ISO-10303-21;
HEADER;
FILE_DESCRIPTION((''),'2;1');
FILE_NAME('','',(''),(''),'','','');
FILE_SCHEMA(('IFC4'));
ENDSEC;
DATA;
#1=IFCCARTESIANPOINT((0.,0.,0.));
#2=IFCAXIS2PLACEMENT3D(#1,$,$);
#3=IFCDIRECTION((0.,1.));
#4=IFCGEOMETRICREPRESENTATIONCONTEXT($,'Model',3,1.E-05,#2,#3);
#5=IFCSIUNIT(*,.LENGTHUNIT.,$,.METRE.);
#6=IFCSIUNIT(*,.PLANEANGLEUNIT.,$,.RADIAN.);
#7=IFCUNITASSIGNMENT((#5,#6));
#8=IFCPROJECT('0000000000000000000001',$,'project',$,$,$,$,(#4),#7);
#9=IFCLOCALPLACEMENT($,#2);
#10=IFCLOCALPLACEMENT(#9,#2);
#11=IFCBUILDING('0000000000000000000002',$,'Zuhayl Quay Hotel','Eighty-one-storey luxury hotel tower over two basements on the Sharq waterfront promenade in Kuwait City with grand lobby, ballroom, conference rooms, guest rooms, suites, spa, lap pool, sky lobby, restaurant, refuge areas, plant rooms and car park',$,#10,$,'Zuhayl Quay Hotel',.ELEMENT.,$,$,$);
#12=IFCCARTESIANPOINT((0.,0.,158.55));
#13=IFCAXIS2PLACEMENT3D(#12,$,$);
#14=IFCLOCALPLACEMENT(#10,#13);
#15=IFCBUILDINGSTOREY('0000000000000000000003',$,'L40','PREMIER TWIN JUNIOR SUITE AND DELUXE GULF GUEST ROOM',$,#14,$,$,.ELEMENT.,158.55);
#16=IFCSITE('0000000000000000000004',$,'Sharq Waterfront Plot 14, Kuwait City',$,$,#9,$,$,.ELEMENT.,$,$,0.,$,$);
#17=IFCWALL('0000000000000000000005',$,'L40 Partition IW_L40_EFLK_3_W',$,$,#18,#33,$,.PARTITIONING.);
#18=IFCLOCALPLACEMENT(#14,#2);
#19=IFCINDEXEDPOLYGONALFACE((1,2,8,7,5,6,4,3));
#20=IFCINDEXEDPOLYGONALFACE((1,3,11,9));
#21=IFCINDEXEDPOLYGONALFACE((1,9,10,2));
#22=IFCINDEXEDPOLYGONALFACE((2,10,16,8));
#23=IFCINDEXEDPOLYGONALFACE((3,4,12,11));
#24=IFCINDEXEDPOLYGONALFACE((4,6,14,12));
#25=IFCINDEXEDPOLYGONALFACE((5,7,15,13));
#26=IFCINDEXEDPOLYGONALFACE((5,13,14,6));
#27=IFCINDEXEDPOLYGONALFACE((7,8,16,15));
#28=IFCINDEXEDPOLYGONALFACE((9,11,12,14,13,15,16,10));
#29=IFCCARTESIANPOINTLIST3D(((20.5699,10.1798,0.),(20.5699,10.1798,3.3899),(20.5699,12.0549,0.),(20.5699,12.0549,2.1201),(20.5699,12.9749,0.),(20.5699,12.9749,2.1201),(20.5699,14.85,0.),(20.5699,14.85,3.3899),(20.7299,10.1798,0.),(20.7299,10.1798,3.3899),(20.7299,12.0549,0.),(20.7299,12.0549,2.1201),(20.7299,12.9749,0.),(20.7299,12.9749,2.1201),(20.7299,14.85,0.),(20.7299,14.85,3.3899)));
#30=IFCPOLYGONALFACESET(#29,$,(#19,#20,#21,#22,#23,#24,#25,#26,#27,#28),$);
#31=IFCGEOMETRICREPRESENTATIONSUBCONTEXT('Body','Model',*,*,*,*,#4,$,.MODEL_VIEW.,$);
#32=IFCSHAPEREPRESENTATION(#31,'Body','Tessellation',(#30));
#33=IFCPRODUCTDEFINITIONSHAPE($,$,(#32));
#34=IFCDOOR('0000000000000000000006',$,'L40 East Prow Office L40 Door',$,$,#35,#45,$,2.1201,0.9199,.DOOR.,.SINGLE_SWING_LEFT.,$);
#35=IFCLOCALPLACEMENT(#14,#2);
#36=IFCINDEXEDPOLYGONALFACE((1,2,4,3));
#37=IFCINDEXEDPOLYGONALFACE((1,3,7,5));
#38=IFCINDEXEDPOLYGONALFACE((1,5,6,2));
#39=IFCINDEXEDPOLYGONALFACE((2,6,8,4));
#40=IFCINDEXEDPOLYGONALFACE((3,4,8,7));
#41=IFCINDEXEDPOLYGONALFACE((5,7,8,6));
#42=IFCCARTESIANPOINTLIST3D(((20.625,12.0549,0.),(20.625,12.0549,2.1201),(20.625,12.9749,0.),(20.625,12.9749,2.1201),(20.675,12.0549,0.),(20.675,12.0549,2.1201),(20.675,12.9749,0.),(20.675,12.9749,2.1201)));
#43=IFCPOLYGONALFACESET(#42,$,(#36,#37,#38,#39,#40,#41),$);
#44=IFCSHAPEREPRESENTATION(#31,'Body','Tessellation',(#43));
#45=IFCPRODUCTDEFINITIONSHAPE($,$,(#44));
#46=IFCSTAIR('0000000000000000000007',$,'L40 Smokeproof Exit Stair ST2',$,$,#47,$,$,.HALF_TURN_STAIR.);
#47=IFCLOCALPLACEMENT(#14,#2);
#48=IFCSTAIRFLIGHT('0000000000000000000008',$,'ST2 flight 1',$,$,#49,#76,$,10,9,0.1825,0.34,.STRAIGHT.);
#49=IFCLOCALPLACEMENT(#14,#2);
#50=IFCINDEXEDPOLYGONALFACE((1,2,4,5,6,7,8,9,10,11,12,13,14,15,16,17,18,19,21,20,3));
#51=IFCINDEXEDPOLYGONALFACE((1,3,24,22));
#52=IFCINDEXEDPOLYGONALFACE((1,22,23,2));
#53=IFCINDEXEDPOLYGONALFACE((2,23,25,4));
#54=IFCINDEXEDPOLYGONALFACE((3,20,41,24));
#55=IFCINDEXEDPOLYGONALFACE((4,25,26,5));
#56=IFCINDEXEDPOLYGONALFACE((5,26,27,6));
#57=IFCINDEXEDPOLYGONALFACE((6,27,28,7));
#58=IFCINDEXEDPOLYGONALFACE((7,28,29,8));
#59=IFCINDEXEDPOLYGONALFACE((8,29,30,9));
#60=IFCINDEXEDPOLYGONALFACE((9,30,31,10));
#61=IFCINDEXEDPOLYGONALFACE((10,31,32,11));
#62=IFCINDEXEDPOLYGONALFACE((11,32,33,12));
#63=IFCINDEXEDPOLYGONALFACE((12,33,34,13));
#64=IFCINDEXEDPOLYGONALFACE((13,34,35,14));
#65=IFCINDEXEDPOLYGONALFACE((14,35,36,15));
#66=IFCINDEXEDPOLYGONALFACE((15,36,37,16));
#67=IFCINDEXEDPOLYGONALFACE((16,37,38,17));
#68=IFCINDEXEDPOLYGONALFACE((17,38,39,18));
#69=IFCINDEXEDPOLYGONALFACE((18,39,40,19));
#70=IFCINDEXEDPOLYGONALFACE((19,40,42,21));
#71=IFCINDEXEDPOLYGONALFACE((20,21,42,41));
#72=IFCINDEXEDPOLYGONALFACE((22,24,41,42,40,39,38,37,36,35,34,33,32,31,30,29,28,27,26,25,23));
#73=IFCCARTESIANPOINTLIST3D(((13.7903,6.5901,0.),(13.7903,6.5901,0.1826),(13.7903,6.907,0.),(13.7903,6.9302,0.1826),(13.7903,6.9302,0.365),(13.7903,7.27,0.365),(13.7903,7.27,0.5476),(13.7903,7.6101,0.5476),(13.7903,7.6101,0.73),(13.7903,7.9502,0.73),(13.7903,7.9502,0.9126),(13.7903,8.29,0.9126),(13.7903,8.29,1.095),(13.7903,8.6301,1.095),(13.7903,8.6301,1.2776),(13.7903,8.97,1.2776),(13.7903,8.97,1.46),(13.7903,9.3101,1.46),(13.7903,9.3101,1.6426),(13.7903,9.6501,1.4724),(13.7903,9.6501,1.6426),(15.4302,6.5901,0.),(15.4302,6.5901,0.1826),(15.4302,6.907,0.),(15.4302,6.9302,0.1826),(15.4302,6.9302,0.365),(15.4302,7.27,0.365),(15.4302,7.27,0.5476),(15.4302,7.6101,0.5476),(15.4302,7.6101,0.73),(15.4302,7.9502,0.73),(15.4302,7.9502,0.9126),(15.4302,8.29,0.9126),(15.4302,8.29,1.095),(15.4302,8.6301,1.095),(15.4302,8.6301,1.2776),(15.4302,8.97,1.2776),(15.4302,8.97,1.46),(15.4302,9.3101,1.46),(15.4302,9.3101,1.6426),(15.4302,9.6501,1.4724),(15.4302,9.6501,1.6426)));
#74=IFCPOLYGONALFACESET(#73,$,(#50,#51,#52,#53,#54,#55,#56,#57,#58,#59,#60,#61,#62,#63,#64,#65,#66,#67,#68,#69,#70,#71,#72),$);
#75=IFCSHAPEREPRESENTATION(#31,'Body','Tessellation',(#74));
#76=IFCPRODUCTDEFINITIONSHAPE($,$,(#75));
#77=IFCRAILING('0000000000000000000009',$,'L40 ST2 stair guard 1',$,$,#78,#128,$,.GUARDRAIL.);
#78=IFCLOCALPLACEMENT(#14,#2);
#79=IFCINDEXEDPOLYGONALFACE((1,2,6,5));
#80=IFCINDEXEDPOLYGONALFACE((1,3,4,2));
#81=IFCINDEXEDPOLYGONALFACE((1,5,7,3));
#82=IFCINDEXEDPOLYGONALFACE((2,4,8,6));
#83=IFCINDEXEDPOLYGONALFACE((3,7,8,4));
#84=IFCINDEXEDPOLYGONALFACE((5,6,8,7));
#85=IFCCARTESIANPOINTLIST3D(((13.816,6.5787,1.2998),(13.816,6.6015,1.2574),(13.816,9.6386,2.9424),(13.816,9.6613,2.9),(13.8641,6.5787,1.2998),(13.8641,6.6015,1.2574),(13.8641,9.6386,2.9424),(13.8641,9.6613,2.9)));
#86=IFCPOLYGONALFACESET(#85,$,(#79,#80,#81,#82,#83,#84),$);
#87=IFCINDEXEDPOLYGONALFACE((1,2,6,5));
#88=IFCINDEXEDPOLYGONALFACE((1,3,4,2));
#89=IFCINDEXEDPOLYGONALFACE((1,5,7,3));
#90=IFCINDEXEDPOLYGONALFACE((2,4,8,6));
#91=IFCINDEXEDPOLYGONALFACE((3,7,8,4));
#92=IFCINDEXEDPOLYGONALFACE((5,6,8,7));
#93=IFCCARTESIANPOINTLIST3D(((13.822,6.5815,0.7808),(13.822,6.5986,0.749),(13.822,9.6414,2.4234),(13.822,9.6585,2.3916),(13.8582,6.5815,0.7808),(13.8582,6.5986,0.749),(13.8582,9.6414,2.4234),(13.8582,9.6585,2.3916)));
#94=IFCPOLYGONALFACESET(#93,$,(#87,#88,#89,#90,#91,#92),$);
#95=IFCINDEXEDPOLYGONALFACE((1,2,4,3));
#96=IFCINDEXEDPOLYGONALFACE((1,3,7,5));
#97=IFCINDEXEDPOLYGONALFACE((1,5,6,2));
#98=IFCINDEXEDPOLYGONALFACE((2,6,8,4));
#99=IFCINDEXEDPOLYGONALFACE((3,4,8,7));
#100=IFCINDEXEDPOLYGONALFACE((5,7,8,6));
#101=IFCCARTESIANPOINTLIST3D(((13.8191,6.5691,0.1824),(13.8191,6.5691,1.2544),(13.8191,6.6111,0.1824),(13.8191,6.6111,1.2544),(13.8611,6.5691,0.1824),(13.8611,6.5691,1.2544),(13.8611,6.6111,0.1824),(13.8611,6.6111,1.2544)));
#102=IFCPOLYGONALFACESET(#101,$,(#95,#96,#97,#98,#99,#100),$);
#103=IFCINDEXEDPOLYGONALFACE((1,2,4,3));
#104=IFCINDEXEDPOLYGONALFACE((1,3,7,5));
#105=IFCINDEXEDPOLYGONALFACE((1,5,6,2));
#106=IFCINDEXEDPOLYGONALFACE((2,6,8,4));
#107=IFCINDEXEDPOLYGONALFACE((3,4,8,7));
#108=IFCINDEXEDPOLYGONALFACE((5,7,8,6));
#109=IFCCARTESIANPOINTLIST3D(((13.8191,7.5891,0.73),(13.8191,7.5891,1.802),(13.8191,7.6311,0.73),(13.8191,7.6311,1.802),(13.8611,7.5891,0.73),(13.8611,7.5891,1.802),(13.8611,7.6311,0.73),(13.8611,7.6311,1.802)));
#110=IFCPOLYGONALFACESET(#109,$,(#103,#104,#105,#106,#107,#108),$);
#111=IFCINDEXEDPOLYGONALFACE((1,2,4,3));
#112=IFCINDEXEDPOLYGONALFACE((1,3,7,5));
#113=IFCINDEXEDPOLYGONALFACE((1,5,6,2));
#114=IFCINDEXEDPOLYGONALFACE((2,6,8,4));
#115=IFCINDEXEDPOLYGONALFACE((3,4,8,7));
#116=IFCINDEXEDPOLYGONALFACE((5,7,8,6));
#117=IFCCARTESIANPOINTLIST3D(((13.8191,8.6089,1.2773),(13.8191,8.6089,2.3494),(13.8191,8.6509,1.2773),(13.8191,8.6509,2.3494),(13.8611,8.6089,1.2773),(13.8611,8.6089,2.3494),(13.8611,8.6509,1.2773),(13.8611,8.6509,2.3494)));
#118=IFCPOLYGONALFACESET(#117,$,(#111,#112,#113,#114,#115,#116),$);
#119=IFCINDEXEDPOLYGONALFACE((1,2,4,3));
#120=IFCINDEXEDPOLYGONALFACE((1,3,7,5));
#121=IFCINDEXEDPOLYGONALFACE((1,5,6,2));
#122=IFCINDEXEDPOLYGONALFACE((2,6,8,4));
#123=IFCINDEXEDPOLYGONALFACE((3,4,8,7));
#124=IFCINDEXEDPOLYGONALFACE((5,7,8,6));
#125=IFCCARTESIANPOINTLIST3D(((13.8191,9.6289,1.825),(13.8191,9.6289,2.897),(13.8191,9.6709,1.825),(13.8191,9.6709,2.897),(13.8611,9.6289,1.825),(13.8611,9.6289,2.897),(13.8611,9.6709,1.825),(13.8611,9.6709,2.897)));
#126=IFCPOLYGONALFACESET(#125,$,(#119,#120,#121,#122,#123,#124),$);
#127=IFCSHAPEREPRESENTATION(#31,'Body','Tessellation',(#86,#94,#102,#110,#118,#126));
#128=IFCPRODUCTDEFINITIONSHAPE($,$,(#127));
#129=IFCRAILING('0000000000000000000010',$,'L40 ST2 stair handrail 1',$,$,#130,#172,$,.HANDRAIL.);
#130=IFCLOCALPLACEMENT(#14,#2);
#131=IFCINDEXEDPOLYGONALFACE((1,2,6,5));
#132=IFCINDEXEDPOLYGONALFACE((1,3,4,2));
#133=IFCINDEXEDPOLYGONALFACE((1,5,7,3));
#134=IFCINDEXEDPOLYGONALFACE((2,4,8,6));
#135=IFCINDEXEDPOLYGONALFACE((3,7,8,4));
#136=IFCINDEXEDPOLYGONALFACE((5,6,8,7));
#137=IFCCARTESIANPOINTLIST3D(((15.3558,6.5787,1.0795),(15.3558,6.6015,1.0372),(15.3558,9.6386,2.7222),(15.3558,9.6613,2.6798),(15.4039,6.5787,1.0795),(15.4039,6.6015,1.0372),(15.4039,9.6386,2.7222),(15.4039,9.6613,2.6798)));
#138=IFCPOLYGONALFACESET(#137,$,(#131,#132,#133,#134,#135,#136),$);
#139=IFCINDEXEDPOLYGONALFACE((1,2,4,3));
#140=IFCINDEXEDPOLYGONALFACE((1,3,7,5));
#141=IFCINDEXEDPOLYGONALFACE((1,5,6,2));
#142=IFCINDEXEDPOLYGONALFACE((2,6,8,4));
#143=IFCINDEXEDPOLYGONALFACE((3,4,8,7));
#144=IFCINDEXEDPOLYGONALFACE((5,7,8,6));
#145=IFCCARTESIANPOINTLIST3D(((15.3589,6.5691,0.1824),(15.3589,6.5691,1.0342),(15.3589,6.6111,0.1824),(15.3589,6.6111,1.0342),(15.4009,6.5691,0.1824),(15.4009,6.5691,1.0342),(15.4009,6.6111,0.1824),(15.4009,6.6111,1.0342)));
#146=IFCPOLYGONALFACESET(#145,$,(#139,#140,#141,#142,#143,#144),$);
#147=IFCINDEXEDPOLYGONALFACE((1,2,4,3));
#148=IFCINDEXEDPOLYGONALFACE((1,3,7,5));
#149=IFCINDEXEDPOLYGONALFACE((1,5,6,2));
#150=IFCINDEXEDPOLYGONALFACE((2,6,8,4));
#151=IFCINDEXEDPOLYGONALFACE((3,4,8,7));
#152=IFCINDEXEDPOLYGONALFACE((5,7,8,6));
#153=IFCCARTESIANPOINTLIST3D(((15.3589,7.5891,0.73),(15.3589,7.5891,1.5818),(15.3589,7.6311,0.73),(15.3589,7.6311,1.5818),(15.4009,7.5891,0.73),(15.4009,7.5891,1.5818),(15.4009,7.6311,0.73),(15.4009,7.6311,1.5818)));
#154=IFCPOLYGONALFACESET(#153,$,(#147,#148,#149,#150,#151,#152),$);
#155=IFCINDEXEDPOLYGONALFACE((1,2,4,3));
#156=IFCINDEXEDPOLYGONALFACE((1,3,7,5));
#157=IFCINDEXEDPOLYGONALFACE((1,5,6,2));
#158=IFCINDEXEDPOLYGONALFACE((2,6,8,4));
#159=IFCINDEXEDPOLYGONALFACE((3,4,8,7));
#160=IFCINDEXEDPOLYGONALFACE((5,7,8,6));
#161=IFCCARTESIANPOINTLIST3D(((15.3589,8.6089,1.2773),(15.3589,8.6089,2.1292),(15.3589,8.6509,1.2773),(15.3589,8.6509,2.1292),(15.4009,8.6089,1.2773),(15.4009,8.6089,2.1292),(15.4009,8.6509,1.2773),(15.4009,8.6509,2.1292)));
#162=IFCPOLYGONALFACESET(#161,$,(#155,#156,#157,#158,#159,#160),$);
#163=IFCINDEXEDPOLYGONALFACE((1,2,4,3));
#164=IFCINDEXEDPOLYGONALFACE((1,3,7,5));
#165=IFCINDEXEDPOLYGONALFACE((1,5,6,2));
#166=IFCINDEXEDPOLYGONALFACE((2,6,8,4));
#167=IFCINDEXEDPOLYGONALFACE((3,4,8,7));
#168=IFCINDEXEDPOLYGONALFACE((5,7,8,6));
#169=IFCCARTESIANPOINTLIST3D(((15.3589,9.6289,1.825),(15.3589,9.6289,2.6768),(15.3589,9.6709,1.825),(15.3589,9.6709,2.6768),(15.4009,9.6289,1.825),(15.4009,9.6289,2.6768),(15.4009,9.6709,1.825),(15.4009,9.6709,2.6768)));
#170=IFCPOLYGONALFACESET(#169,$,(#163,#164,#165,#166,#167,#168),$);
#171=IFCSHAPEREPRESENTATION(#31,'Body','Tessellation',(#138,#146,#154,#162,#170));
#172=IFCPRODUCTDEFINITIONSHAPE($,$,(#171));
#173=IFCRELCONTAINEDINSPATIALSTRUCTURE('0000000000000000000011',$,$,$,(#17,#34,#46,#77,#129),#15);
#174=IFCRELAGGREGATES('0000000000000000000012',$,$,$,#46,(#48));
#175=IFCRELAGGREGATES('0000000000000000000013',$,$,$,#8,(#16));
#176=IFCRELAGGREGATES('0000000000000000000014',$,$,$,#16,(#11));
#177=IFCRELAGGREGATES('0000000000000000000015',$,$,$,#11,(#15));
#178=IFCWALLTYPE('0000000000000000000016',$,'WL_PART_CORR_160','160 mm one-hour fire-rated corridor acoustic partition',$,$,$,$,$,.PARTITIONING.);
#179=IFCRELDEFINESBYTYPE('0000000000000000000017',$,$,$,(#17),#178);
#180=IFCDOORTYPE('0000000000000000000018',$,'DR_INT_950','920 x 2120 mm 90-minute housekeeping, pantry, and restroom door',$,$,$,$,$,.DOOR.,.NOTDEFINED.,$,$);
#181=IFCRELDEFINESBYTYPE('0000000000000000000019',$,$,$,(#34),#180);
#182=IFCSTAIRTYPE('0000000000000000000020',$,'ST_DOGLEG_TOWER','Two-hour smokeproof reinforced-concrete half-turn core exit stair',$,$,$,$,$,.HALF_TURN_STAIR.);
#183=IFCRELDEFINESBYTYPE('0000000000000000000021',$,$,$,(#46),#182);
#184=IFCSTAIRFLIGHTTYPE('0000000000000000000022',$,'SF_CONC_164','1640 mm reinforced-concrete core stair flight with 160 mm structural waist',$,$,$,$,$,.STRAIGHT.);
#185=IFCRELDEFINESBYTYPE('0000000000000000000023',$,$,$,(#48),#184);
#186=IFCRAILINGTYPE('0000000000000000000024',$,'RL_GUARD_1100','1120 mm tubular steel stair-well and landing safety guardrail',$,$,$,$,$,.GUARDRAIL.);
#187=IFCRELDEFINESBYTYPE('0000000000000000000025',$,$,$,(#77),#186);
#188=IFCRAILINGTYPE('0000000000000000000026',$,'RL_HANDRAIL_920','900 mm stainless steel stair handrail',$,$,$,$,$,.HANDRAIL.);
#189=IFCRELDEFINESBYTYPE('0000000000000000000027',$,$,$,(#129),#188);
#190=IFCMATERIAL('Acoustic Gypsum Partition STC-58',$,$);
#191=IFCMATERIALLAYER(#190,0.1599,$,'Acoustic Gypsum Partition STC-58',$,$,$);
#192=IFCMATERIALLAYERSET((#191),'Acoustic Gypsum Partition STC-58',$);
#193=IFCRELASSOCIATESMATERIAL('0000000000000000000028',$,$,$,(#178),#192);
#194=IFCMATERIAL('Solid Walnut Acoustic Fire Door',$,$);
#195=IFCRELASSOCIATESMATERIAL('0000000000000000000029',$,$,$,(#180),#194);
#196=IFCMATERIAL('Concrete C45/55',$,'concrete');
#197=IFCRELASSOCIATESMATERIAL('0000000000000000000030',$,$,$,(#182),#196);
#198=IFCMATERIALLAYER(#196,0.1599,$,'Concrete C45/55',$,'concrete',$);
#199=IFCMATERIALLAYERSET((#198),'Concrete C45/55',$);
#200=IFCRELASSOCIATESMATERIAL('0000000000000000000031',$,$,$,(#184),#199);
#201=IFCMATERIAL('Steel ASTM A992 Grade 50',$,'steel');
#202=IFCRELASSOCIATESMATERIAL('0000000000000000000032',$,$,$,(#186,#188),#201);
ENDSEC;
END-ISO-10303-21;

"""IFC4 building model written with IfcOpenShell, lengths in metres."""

from ifc_helpers import new_model, si_unit, direction, frame, frame_2d, origin, origin_2d, place, context, subcontext, project, spatial, polyline, rectangle, outline, extrude, material, layer, layer_set, type_object, element, fill, aggregate, save


model = new_model("IFC4")

# Units and contexts
model_context = context("Model", 3, precision=1e-05, world=origin(), true_north=direction((0.0, 1.0)))
body_context = subcontext(model_context, "Body", "Model", "MODEL_VIEW")
ifc_project = project(units=[si_unit("LENGTHUNIT", "METRE"), si_unit("PLANEANGLEUNIT", "RADIAN")], contexts=[model_context])

# Site, building, storey
site_placement = place(None, origin())
site = spatial("IfcSite", under=ifc_project, at=site_placement, Name="Sharq Waterfront Plot 14, Kuwait City", CompositionType="ELEMENT", RefElevation=0.0)
building_placement = place(site_placement, origin())
building = spatial("IfcBuilding", under=site, at=building_placement, Name="Zuhayl Quay Hotel", Description="Eighty-one-storey luxury hotel tower over two basements on the Sharq waterfront promenade in Kuwait City with grand lobby, ballroom, conference rooms, guest rooms, suites, spa, lap pool, sky lobby, restaurant, refuge areas, plant rooms and car park", LongName="Zuhayl Quay Hotel", CompositionType="ELEMENT")
storey_placement = place(building_placement, frame((0.0, 0.0, 158.55)))
storey = spatial("IfcBuildingStorey", under=building, at=storey_placement, Name="L40", Description="PREMIER TWIN JUNIOR SUITE AND DELUXE GULF GUEST ROOM", CompositionType="ELEMENT", Elevation=158.55)

# Shared definitions
ifc_material_1 = material(Name="Steel ASTM A992 Grade 50", Category="steel")

# Shared definitions
ifc_material_2 = material(Name="Acoustic Gypsum Partition STC-58")

# Wall, opening, door
ifc_layer_1 = layer(ifc_material_2, 0.1599, Name="Acoustic Gypsum Partition STC-58")
ifc_layer_set_1 = layer_set([ifc_layer_1], Name="Acoustic Gypsum Partition STC-58")
wall_type_1 = type_object("IfcWallType", Name="WL_PART_CORR_160", Description="160 mm one-hour fire-rated corridor acoustic partition", PredefinedType="PARTITIONING", material=ifc_layer_set_1)
ifc_material_3 = material(Name="Solid Walnut Acoustic Fire Door")
door_type = type_object("IfcDoorType", Name="DR_INT_950", Description="920 x 2120 mm 90-minute housekeeping, pantry, and restroom door", OperationType="NOTDEFINED", PredefinedType="DOOR", material=ifc_material_3)
wall_1_placement = place(storey_placement, frame((20.6499, 10.1799, 0.0), z_axis=(0.0, 0.0, 1.0), x_axis=(0.0, 1.0, 0.0)))
wall_1 = element("IfcWall", 1, at=wall_1_placement, inside=storey, type_object=wall_type_1, Name="L40 Partition IW_L40_EFLK_3_W", PredefinedType="PARTITIONING", context=body_context, shape_type="SweptSolid", body=[
    extrude(rectangle(XDim=4.6702, YDim=0.1599, at=frame_2d((2.335, 0.0))), origin(), (0.0, 0.0, 1.0), 3.3899),
])
opening_1_placement = place(wall_1_placement, frame((1.875, 0.0, 0.0)))
opening_1 = element("IfcOpeningElement", 2, at=opening_1_placement, cuts=wall_1, PredefinedType="OPENING", context=body_context, shape_type="SweptSolid", body=[
    extrude(rectangle(XDim=0.9199, YDim=2.1201, at=frame_2d((0.46, 1.0601))), frame((0.0, 0.0898, 0.0), z_axis=(0.0, -1.0, 0.0), x_axis=(1.0, 0.0, 0.0)), (0.0, 0.0, 1.0), 0.1799),
])
door_1_placement = place(opening_1_placement, origin())
door_1 = element("IfcDoor", 3, at=door_1_placement, inside=storey, type_object=door_type, Name="L40 East Prow Office L40 Door", OperationType="SINGLE_SWING_LEFT", OverallHeight=2.1201, OverallWidth=0.9199, PredefinedType="DOOR", context=body_context, shape_type="SweptSolid", body=[
    extrude(rectangle(XDim=0.9199, YDim=2.1201, at=frame_2d((0.46, 1.0601))), frame((0.0, 0.0249, 0.0), z_axis=(0.0, -1.0, 0.0), x_axis=(1.0, 0.0, 0.0)), (0.0, 0.0, 1.0), 0.05),
])
fill(opening_1, door_1)

# Stair, stair flight
ifc_material_4 = material(Name="Concrete C45/55", Category="concrete")
stair_type = type_object("IfcStairType", Name="ST_DOGLEG_TOWER", Description="Two-hour smokeproof reinforced-concrete half-turn core exit stair", PredefinedType="HALF_TURN_STAIR", material=ifc_material_4)
stair_placement = place(storey_placement, origin())
stair = element("IfcStair", 4, at=stair_placement, inside=storey, type_object=stair_type, Name="L40 Smokeproof Exit Stair ST2", PredefinedType="HALF_TURN_STAIR")
ifc_layer_2 = layer(ifc_material_4, 0.1599, Name="Concrete C45/55", Category="concrete")
ifc_layer_set_2 = layer_set([ifc_layer_2], Name="Concrete C45/55")
stair_flight_type = type_object("IfcStairFlightType", Name="SF_CONC_164", Description="1640 mm reinforced-concrete core stair flight with 160 mm structural waist", PredefinedType="STRAIGHT", material=ifc_layer_set_2)
stair_flight_placement = place(storey_placement, frame((14.6101, 6.5901, 0.0), z_axis=(0.0, 0.0, 1.0), x_axis=(0.0, 1.0, 0.0)))
stair_flight = element("IfcStairFlight", 5, at=stair_flight_placement, type_object=stair_flight_type, Name="ST2 flight 1", NumberOfRisers=10, NumberOfTreads=9, PredefinedType="STRAIGHT", RiserHeight=0.1825, TreadLength=0.34, context=body_context, shape_type="SweptSolid", body=[
    extrude(outline(polyline([(0.0, 0.0), (0.0, 0.1826), (0.3401, 0.1826), (0.3401, 0.365), (0.6799, 0.365), (0.6799, 0.5476), (1.02, 0.5476), (1.02, 0.73), (1.3601, 0.73), (1.3601, 0.9126), (1.7, 0.9126), (1.7, 1.095), (2.04, 1.095), (2.04, 1.2776), (2.3799, 1.2776), (2.3799, 1.46), (2.72, 1.46), (2.72, 1.6426), (3.0601, 1.6426), (3.0601, 1.825), (3.0601, 1.4724), (0.3169, 0.0), (0.0, 0.0)])), frame((0.0, 0.8198, 0.0), z_axis=(0.0, -1.0, 0.0), x_axis=(1.0, 0.0, 0.0)), (0.0, 0.0, 1.0), 1.6399),
])
aggregate(stair, [stair_flight])

# Railings
railing_type_1 = type_object("IfcRailingType", Name="RL_GUARD_1100", Description="1120 mm tubular steel stair-well and landing safety guardrail", PredefinedType="GUARDRAIL", material=ifc_material_1)
railing_1_placement = place(storey_placement, frame((13.8401, 6.5901, 0.1824)))
element("IfcRailing", 6, at=railing_1_placement, inside=storey, type_object=railing_type_1, Name="L40 ST2 stair guard 1", PredefinedType="GUARDRAIL", context=body_context, shape_type="SweptSolid", body=[
    extrude(rectangle(XDim=0.0481, YDim=0.0481, at=origin_2d()), frame((0.0, 0.0, 1.0962), z_axis=(0.0, 0.881073, 0.47298), x_axis=(-1.0, 0.0, 0.0)), (0.0, 0.0, 1.0), 3.4729),
    extrude(rectangle(XDim=0.0361, YDim=0.0361, at=origin_2d()), frame((0.0, 0.0, 0.5825), z_axis=(0.0, 0.881073, 0.47298), x_axis=(-1.0, 0.0, 0.0)), (0.0, 0.0, 1.0), 3.4729),
    extrude(rectangle(XDim=0.042, YDim=0.042, at=origin_2d()), origin(), (0.0, 0.0, 1.0), 1.072),
    extrude(rectangle(XDim=0.042, YDim=0.042, at=origin_2d()), frame((0.0, 1.02, 0.5476)), (0.0, 0.0, 1.0), 1.072),
    extrude(rectangle(XDim=0.042, YDim=0.042, at=origin_2d()), frame((0.0, 2.0398, 1.095)), (0.0, 0.0, 1.0), 1.072),
    extrude(rectangle(XDim=0.042, YDim=0.042, at=origin_2d()), frame((0.0, 3.0598, 1.6426)), (0.0, 0.0, 1.0), 1.072),
])
railing_type_2 = type_object("IfcRailingType", Name="RL_HANDRAIL_920", Description="900 mm stainless steel stair handrail", PredefinedType="HANDRAIL", material=ifc_material_1)
railing_2_placement = place(storey_placement, frame((15.3799, 6.5901, 0.1824)))
element("IfcRailing", 7, at=railing_2_placement, inside=storey, type_object=railing_type_2, Name="L40 ST2 stair handrail 1", PredefinedType="HANDRAIL", context=body_context, shape_type="SweptSolid", body=[
    extrude(rectangle(XDim=0.0481, YDim=0.0481, at=origin_2d()), frame((0.0, 0.0, 0.876), z_axis=(0.0, 0.881073, 0.47298), x_axis=(-1.0, 0.0, 0.0)), (0.0, 0.0, 1.0), 3.4729),
    extrude(rectangle(XDim=0.042, YDim=0.042, at=origin_2d()), origin(), (0.0, 0.0, 1.0), 0.8518),
    extrude(rectangle(XDim=0.042, YDim=0.042, at=origin_2d()), frame((0.0, 1.02, 0.5476)), (0.0, 0.0, 1.0), 0.8518),
    extrude(rectangle(XDim=0.042, YDim=0.042, at=origin_2d()), frame((0.0, 2.0398, 1.095)), (0.0, 0.0, 1.0), 0.8518),
    extrude(rectangle(XDim=0.042, YDim=0.042, at=origin_2d()), frame((0.0, 3.0598, 1.6426)), (0.0, 0.0, 1.0), 0.8518),
])

save(model, "model.ifc")
